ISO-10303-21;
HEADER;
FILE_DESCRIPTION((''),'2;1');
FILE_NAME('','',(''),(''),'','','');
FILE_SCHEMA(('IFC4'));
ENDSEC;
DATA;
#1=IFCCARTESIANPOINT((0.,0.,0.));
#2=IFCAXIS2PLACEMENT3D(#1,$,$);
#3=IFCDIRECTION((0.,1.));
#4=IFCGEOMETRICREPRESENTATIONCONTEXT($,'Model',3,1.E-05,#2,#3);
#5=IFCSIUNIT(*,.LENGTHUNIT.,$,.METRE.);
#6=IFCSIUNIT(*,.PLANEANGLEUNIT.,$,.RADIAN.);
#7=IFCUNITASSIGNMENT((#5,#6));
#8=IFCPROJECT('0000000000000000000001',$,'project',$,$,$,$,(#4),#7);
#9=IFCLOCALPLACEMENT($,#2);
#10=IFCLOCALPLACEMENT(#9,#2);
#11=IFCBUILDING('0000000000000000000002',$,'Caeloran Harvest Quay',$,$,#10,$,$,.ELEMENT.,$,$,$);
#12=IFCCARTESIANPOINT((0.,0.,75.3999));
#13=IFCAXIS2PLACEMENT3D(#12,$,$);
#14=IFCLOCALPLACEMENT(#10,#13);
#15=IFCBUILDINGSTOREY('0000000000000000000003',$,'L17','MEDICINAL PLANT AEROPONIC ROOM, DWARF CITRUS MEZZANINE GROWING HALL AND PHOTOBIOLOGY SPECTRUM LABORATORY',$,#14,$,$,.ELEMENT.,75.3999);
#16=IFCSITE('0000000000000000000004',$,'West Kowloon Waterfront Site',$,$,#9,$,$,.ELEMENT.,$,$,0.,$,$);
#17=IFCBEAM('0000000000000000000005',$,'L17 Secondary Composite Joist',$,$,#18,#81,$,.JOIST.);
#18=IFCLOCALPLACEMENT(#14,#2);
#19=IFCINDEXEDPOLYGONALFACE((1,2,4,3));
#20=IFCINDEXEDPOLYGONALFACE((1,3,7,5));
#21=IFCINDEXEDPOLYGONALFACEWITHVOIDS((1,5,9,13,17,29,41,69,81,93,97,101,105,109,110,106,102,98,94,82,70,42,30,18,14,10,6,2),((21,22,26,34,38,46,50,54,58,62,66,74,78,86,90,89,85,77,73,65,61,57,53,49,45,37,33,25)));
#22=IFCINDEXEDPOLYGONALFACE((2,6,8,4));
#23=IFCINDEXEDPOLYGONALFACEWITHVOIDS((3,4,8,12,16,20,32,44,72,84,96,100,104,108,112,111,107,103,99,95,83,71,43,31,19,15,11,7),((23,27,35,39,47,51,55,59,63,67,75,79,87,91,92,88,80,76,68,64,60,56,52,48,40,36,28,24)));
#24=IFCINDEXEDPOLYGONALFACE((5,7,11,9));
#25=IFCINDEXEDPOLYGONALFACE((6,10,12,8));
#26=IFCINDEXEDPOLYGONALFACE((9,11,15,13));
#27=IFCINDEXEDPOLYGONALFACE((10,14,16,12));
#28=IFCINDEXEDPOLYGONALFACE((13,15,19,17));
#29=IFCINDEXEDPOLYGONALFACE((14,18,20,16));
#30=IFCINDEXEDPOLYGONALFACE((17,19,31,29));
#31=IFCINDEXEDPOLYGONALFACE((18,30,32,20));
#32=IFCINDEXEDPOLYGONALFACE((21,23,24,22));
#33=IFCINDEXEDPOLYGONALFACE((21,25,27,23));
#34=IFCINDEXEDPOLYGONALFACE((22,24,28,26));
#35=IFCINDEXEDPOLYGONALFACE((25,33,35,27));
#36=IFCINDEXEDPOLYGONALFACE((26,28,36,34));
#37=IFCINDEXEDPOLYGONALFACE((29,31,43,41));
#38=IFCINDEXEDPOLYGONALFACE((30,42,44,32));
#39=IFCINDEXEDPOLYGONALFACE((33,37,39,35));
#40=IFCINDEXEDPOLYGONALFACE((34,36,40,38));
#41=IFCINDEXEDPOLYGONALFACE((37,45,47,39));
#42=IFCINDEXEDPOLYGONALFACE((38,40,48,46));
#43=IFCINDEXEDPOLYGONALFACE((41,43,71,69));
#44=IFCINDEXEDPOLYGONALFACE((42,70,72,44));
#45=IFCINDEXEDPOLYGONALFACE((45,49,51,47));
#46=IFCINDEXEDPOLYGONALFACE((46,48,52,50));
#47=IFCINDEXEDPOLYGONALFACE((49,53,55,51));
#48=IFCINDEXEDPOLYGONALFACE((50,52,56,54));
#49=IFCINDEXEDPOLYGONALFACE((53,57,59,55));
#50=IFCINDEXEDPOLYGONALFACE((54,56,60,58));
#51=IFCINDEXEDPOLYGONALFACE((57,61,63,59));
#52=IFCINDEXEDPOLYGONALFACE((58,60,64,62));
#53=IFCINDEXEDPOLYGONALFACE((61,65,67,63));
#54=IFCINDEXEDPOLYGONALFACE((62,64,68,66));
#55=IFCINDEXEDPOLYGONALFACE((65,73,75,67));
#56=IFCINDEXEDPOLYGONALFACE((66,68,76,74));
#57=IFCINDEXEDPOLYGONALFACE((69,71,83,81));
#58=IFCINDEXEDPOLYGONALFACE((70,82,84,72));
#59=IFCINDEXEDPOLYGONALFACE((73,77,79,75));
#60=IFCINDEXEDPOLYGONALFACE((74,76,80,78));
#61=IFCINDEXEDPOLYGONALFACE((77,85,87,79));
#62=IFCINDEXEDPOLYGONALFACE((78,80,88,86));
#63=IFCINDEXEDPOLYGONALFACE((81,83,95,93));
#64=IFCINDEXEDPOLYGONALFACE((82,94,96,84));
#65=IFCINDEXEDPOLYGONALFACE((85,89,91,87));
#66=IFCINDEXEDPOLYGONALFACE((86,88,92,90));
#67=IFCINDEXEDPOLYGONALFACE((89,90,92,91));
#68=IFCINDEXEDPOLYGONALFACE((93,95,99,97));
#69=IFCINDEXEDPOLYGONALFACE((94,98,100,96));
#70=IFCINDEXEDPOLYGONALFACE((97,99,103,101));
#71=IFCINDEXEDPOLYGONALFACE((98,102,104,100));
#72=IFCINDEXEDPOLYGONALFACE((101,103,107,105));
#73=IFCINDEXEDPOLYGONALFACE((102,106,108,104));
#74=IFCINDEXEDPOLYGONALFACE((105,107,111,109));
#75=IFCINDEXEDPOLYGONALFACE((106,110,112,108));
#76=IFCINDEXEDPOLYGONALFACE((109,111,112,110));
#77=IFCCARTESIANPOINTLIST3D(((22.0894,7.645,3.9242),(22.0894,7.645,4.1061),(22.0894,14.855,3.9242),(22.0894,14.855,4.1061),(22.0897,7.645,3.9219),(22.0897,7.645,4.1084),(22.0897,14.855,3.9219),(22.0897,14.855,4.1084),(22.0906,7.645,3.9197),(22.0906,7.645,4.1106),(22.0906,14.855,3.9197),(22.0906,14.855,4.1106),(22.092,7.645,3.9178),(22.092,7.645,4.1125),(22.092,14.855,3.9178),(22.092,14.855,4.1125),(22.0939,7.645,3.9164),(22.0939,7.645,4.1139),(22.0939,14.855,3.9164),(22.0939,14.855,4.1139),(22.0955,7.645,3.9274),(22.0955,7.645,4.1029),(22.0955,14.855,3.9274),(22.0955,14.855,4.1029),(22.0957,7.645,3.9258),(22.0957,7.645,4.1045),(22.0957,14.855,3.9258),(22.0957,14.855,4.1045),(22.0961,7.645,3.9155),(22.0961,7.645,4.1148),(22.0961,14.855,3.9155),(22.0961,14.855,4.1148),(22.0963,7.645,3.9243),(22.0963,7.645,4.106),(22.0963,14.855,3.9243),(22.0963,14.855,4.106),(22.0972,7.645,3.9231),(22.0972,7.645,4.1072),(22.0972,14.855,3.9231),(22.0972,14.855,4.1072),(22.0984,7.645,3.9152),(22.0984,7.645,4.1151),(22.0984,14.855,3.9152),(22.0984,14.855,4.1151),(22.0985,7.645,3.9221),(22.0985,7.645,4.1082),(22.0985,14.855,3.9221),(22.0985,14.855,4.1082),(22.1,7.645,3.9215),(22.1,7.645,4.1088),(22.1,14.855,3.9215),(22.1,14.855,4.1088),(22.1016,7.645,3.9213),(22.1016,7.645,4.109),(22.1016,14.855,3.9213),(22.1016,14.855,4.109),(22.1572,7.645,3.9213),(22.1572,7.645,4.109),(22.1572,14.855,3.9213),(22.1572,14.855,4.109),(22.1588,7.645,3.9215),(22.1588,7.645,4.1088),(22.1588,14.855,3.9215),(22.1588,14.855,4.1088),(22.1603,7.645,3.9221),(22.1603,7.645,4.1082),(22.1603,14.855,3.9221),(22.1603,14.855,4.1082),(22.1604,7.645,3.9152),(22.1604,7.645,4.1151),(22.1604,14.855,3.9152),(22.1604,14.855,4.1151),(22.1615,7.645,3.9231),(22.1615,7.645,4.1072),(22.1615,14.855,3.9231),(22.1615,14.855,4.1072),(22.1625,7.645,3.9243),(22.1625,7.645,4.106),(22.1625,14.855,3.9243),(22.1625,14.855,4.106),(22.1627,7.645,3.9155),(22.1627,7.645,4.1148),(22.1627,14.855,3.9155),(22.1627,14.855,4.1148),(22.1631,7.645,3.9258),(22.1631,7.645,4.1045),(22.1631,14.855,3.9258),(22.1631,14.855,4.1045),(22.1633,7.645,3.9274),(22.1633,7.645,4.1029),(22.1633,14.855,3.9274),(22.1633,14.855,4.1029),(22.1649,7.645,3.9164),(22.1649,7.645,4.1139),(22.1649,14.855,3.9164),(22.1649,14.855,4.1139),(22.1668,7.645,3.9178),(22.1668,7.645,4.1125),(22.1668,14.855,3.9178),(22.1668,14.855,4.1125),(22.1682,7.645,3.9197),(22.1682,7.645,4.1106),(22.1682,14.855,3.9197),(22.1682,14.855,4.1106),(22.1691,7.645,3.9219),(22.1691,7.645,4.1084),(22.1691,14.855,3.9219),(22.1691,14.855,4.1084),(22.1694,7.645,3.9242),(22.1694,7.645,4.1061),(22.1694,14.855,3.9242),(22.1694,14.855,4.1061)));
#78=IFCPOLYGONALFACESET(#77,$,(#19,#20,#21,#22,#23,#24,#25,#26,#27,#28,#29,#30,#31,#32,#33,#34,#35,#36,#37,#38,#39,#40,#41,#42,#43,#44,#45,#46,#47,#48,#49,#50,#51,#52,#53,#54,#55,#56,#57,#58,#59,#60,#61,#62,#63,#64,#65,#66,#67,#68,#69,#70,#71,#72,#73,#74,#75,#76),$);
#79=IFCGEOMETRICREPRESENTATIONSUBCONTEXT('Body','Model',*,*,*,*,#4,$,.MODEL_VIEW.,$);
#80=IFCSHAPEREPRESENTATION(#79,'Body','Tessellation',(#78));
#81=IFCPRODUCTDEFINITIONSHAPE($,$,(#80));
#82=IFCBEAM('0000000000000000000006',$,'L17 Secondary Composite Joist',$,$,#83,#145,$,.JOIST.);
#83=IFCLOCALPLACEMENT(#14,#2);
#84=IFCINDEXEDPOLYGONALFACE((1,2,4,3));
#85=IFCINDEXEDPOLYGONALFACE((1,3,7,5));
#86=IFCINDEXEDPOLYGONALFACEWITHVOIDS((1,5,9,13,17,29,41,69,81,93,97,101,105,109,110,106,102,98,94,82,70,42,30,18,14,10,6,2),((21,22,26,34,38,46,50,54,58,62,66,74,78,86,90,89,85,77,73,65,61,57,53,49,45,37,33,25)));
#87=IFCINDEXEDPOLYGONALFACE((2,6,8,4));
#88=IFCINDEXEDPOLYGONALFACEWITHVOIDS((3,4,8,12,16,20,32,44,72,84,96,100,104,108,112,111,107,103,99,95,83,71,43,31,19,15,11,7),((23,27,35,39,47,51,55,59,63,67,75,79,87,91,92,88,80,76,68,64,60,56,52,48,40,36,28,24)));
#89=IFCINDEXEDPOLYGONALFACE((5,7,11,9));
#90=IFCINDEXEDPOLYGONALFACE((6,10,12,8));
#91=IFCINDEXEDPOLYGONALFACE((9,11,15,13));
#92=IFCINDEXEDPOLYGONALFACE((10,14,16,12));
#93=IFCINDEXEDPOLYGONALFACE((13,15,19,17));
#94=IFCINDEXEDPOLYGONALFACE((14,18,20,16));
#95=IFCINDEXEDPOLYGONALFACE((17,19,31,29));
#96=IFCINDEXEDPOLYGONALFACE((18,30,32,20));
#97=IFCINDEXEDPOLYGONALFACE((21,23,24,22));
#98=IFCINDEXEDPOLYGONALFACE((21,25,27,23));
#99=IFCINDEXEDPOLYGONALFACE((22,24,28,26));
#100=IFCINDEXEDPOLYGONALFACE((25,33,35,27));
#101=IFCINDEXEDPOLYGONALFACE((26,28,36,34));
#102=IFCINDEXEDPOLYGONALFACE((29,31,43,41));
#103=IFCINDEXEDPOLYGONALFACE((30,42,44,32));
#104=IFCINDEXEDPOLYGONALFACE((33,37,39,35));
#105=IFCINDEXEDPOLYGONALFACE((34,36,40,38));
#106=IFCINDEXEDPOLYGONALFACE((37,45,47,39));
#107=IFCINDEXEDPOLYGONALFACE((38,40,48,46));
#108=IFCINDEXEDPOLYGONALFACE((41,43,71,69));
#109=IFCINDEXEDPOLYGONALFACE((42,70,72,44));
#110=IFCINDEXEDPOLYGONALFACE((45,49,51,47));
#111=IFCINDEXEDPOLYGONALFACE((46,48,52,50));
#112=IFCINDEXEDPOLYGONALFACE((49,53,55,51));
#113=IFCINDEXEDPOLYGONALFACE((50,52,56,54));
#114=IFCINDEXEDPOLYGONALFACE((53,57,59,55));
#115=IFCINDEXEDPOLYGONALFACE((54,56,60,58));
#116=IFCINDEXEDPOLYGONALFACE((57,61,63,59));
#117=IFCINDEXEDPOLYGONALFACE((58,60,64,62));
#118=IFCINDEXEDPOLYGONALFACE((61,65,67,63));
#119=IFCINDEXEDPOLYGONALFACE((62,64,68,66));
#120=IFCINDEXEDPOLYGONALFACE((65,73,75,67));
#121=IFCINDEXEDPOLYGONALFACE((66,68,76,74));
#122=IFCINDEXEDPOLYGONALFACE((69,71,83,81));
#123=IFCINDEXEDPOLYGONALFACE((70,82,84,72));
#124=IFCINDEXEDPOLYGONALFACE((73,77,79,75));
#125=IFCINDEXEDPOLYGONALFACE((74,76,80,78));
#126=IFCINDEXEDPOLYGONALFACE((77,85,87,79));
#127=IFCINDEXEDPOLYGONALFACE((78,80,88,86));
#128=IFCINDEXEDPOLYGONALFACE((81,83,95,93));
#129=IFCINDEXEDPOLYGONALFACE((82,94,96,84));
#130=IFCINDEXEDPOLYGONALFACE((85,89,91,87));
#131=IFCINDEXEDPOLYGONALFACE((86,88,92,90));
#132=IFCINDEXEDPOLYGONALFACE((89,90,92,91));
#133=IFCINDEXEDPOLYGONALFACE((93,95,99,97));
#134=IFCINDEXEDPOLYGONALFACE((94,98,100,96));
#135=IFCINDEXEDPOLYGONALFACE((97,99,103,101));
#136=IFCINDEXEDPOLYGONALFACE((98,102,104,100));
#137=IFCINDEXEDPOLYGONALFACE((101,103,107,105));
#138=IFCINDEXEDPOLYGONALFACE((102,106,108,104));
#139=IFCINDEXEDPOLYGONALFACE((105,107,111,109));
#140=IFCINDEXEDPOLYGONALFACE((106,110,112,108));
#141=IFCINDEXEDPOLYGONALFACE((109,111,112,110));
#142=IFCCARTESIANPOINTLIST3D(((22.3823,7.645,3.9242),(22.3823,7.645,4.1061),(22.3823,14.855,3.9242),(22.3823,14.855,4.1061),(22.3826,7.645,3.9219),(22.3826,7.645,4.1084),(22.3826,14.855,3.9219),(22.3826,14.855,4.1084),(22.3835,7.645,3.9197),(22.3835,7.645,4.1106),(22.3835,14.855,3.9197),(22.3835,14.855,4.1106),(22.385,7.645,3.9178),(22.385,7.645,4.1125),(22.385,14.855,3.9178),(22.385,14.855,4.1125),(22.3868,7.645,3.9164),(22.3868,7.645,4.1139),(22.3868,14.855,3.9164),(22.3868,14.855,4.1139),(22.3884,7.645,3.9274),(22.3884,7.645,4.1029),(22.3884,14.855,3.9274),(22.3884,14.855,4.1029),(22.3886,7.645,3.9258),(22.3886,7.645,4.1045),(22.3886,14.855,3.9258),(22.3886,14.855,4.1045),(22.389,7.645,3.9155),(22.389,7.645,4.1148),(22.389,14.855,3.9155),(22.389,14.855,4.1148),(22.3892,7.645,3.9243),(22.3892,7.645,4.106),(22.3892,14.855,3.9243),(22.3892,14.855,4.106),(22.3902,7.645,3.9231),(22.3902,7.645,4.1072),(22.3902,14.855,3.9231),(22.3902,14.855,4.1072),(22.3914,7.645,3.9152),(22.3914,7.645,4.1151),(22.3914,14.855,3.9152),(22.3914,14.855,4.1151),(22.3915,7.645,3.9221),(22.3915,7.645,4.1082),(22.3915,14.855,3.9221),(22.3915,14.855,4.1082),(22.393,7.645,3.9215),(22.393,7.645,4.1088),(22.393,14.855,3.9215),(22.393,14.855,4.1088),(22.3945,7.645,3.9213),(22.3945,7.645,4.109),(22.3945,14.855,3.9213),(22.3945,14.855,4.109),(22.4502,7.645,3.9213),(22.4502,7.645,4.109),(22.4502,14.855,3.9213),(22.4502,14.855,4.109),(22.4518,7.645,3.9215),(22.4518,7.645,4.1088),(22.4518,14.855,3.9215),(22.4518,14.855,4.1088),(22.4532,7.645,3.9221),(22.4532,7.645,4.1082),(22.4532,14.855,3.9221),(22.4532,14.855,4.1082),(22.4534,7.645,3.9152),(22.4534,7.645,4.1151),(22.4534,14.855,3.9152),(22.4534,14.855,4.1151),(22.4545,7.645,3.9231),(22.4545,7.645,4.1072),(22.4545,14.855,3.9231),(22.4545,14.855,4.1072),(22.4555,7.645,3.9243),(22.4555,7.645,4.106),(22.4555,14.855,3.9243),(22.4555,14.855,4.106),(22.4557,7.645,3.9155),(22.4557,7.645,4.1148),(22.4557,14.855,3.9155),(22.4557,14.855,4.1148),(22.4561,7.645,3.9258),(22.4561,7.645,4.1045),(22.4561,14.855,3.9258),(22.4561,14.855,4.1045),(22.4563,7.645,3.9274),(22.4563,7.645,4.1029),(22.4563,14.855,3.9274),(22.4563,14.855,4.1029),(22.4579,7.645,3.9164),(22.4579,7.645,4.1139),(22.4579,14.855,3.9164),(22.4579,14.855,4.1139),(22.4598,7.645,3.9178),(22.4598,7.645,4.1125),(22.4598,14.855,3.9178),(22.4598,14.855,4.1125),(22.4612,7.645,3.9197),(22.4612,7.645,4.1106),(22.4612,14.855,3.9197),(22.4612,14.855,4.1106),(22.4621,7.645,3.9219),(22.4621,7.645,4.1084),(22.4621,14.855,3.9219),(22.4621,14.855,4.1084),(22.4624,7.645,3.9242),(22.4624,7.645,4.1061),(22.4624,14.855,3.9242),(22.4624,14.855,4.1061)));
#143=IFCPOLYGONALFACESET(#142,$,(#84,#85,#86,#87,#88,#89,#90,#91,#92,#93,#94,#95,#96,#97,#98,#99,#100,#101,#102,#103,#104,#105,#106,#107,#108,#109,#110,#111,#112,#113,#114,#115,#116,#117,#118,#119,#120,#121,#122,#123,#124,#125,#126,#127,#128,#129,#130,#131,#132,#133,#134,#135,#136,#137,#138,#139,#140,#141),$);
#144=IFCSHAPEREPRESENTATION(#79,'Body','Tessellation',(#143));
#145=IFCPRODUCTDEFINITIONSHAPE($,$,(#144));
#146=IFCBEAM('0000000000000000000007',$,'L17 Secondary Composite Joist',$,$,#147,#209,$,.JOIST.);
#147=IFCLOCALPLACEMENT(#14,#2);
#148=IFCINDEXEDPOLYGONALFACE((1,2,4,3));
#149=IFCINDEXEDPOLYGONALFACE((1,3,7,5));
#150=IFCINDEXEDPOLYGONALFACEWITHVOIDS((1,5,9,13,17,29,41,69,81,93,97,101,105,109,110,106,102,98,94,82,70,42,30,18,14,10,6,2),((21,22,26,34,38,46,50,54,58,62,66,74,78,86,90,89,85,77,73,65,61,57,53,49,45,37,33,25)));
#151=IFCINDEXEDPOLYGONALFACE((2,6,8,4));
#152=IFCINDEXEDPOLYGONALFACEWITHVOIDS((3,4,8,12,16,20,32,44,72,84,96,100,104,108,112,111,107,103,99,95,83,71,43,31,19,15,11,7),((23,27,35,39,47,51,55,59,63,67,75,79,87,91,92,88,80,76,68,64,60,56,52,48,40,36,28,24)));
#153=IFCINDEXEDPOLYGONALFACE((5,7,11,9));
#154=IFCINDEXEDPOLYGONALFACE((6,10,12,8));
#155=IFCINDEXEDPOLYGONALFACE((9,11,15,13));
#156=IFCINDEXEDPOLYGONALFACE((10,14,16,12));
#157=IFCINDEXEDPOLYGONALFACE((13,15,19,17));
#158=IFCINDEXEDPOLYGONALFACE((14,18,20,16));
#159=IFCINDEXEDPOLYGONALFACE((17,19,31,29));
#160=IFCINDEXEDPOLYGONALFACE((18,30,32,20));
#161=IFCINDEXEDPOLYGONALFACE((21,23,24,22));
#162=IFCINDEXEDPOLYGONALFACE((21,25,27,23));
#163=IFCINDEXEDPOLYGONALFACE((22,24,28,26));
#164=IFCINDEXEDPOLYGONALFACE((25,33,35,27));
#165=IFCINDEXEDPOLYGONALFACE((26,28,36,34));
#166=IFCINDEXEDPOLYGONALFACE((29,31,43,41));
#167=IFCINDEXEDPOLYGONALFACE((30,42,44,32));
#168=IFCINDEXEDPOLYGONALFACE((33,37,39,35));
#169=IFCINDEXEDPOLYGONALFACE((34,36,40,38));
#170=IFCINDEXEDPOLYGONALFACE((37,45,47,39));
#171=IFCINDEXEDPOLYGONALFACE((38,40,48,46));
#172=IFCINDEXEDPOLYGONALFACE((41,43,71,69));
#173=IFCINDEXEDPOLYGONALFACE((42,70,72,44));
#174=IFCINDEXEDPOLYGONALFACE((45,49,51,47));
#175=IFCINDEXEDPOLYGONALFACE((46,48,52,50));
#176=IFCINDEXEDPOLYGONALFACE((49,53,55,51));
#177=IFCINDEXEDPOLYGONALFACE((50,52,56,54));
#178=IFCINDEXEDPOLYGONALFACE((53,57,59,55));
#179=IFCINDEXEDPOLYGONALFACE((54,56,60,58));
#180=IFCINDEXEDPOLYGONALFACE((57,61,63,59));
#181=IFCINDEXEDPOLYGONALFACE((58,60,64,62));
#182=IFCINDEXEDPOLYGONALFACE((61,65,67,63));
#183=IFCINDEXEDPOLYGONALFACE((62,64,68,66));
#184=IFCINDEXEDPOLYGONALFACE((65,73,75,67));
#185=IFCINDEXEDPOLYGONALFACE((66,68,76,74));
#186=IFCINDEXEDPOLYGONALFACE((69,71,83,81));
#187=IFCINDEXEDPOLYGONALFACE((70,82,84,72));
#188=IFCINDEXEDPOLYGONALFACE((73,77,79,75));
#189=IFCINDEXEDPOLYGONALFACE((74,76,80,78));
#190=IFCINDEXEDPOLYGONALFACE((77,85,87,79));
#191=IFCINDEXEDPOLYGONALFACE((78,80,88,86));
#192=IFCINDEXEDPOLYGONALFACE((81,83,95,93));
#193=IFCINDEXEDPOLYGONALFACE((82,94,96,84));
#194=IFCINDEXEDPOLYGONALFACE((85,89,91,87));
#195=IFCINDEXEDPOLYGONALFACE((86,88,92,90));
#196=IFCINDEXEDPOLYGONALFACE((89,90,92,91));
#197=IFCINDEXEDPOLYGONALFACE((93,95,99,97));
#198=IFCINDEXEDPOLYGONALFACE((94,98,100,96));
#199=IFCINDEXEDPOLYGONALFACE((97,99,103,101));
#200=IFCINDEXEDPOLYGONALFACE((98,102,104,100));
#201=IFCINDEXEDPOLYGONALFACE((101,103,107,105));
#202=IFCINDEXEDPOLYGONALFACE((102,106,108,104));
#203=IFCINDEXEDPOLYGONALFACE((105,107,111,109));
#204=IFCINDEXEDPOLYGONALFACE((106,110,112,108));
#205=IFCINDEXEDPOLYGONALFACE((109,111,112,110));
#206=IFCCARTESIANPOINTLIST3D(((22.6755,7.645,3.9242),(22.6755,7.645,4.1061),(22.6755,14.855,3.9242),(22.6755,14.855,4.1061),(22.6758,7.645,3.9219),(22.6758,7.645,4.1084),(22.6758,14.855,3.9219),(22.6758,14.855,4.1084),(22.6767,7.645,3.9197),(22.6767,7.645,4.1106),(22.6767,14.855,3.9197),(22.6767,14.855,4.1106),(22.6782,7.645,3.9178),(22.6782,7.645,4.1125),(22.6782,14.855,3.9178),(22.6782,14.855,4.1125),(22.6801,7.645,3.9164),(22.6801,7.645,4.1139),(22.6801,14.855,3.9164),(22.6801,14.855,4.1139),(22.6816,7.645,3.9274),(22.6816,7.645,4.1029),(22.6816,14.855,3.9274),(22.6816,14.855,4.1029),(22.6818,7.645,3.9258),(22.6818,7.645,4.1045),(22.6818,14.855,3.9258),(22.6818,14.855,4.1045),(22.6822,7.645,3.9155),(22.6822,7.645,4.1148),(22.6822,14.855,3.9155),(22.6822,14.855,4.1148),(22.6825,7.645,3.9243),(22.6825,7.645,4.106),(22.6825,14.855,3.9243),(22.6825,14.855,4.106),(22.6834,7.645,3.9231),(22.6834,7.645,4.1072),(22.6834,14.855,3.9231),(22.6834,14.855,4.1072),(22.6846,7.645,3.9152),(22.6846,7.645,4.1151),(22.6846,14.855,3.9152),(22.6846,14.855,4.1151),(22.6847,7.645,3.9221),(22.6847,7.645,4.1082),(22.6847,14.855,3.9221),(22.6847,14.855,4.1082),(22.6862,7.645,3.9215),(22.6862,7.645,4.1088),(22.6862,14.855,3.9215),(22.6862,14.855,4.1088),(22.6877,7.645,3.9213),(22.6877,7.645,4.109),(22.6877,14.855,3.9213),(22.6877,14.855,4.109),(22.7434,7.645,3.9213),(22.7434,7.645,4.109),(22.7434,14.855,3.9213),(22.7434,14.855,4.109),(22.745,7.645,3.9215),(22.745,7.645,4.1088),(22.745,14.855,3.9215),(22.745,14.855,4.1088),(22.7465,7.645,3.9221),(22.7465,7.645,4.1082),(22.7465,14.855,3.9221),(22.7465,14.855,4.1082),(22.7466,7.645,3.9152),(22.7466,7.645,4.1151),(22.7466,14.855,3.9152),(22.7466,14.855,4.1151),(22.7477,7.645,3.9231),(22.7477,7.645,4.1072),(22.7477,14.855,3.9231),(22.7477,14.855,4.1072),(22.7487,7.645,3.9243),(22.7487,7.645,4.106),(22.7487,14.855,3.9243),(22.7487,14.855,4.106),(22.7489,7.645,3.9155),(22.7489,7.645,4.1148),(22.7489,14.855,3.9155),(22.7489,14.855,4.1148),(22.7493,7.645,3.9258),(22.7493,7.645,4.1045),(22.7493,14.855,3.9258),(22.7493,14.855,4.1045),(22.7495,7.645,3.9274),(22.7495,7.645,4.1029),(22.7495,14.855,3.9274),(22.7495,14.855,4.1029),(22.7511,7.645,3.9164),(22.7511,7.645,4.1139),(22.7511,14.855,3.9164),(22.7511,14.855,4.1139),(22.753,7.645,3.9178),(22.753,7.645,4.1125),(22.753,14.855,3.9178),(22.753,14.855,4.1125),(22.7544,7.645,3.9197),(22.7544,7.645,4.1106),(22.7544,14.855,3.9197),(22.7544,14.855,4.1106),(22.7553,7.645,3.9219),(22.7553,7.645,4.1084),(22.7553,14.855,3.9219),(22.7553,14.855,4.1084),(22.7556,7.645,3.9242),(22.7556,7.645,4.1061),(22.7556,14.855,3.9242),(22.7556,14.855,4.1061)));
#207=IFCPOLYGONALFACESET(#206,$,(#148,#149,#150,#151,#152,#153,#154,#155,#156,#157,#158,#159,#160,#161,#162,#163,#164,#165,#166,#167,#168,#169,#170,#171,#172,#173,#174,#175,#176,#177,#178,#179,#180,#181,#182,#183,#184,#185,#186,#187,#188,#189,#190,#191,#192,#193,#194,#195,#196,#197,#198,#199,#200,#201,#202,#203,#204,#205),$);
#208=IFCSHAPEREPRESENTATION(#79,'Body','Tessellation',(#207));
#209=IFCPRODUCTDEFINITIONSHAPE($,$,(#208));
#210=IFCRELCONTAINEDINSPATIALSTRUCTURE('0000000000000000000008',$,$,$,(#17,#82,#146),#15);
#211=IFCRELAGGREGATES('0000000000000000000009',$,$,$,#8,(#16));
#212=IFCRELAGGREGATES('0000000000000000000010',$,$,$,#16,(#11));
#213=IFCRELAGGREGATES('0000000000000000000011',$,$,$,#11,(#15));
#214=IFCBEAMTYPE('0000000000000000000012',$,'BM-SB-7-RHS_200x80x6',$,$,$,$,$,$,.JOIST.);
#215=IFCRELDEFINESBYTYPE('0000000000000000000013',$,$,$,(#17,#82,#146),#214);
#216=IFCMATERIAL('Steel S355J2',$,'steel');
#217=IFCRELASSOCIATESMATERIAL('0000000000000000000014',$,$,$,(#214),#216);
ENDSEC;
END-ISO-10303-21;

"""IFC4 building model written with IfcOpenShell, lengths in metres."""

from ifc_helpers import new_model, si_unit, direction, frame, origin, origin_2d, place, context, subcontext, project, spatial, hollow_rectangle, extrude, material, material_profile, profile_set, type_object, element, save


model = new_model("IFC4")

# Units and contexts
model_context = context("Model", 3, precision=1e-05, world=origin(), true_north=direction((0.0, 1.0)))
body_context = subcontext(model_context, "Body", "Model", "MODEL_VIEW")
ifc_project = project(units=[si_unit("LENGTHUNIT", "METRE"), si_unit("PLANEANGLEUNIT", "RADIAN")], contexts=[model_context])

# Site, building, storey
site_placement = place(None, origin())
site = spatial("IfcSite", under=ifc_project, at=site_placement, Name="West Kowloon Waterfront Site", CompositionType="ELEMENT", RefElevation=0.0)
building_placement = place(site_placement, origin())
building = spatial("IfcBuilding", under=site, at=building_placement, Name="Caeloran Harvest Quay", CompositionType="ELEMENT")
storey_placement = place(building_placement, frame((0.0, 0.0, 75.3999)))
storey = spatial("IfcBuildingStorey", under=building, at=storey_placement, Name="L17", Description="MEDICINAL PLANT AEROPONIC ROOM, DWARF CITRUS MEZZANINE GROWING HALL AND PHOTOBIOLOGY SPECTRUM LABORATORY", CompositionType="ELEMENT", Elevation=75.3999)

# Beams
ifc_material_1 = material(Name="Steel S355J2", Category="steel")
ifc_material_profile_1 = material_profile(ifc_material_1, hollow_rectangle(XDim=0.0801, YDim=0.2, WallThickness=0.0061, InnerFilletRadius=0.0061, OuterFilletRadius=0.009, at=origin_2d()), Name="RHS 200x80x6")
ifc_profile_set_1 = profile_set([ifc_material_profile_1], Name="Steel S355J2")
beam_type_1 = type_object("IfcBeamType", Name="BM-SB-7-RHS_200x80x6", PredefinedType="JOIST", material=ifc_profile_set_1)
for number, where, z_axis, x_axis, name in (
    (1, (22.1294, 7.645, 4.0151), (0.0, 1.0, 0.0), (-1.0, 0.0, 0.0), "L17 Secondary Composite Joist"),
    (2, (22.4224, 7.645, 4.0151), (0.0, 1.0, 0.0), (-1.0, 0.0, 0.0), "L17 Secondary Composite Joist"),
    (3, (22.7156, 7.645, 4.0151), (0.0, 1.0, 0.0), (-1.0, 0.0, 0.0), "L17 Secondary Composite Joist"),
):
    element("IfcBeam", number, at=place(storey_placement, frame(where, z_axis=z_axis, x_axis=x_axis)), inside=storey, type_object=beam_type_1, Name=name, PredefinedType="JOIST", context=body_context, shape_type="SweptSolid", body=[
        extrude(hollow_rectangle(XDim=0.0801, YDim=0.2, WallThickness=0.0061, InnerFilletRadius=0.0061, OuterFilletRadius=0.009, at=origin_2d()), origin(), (0.0, 0.0, 1.0), 7.21),
    ])

save(model, "model.ifc")
